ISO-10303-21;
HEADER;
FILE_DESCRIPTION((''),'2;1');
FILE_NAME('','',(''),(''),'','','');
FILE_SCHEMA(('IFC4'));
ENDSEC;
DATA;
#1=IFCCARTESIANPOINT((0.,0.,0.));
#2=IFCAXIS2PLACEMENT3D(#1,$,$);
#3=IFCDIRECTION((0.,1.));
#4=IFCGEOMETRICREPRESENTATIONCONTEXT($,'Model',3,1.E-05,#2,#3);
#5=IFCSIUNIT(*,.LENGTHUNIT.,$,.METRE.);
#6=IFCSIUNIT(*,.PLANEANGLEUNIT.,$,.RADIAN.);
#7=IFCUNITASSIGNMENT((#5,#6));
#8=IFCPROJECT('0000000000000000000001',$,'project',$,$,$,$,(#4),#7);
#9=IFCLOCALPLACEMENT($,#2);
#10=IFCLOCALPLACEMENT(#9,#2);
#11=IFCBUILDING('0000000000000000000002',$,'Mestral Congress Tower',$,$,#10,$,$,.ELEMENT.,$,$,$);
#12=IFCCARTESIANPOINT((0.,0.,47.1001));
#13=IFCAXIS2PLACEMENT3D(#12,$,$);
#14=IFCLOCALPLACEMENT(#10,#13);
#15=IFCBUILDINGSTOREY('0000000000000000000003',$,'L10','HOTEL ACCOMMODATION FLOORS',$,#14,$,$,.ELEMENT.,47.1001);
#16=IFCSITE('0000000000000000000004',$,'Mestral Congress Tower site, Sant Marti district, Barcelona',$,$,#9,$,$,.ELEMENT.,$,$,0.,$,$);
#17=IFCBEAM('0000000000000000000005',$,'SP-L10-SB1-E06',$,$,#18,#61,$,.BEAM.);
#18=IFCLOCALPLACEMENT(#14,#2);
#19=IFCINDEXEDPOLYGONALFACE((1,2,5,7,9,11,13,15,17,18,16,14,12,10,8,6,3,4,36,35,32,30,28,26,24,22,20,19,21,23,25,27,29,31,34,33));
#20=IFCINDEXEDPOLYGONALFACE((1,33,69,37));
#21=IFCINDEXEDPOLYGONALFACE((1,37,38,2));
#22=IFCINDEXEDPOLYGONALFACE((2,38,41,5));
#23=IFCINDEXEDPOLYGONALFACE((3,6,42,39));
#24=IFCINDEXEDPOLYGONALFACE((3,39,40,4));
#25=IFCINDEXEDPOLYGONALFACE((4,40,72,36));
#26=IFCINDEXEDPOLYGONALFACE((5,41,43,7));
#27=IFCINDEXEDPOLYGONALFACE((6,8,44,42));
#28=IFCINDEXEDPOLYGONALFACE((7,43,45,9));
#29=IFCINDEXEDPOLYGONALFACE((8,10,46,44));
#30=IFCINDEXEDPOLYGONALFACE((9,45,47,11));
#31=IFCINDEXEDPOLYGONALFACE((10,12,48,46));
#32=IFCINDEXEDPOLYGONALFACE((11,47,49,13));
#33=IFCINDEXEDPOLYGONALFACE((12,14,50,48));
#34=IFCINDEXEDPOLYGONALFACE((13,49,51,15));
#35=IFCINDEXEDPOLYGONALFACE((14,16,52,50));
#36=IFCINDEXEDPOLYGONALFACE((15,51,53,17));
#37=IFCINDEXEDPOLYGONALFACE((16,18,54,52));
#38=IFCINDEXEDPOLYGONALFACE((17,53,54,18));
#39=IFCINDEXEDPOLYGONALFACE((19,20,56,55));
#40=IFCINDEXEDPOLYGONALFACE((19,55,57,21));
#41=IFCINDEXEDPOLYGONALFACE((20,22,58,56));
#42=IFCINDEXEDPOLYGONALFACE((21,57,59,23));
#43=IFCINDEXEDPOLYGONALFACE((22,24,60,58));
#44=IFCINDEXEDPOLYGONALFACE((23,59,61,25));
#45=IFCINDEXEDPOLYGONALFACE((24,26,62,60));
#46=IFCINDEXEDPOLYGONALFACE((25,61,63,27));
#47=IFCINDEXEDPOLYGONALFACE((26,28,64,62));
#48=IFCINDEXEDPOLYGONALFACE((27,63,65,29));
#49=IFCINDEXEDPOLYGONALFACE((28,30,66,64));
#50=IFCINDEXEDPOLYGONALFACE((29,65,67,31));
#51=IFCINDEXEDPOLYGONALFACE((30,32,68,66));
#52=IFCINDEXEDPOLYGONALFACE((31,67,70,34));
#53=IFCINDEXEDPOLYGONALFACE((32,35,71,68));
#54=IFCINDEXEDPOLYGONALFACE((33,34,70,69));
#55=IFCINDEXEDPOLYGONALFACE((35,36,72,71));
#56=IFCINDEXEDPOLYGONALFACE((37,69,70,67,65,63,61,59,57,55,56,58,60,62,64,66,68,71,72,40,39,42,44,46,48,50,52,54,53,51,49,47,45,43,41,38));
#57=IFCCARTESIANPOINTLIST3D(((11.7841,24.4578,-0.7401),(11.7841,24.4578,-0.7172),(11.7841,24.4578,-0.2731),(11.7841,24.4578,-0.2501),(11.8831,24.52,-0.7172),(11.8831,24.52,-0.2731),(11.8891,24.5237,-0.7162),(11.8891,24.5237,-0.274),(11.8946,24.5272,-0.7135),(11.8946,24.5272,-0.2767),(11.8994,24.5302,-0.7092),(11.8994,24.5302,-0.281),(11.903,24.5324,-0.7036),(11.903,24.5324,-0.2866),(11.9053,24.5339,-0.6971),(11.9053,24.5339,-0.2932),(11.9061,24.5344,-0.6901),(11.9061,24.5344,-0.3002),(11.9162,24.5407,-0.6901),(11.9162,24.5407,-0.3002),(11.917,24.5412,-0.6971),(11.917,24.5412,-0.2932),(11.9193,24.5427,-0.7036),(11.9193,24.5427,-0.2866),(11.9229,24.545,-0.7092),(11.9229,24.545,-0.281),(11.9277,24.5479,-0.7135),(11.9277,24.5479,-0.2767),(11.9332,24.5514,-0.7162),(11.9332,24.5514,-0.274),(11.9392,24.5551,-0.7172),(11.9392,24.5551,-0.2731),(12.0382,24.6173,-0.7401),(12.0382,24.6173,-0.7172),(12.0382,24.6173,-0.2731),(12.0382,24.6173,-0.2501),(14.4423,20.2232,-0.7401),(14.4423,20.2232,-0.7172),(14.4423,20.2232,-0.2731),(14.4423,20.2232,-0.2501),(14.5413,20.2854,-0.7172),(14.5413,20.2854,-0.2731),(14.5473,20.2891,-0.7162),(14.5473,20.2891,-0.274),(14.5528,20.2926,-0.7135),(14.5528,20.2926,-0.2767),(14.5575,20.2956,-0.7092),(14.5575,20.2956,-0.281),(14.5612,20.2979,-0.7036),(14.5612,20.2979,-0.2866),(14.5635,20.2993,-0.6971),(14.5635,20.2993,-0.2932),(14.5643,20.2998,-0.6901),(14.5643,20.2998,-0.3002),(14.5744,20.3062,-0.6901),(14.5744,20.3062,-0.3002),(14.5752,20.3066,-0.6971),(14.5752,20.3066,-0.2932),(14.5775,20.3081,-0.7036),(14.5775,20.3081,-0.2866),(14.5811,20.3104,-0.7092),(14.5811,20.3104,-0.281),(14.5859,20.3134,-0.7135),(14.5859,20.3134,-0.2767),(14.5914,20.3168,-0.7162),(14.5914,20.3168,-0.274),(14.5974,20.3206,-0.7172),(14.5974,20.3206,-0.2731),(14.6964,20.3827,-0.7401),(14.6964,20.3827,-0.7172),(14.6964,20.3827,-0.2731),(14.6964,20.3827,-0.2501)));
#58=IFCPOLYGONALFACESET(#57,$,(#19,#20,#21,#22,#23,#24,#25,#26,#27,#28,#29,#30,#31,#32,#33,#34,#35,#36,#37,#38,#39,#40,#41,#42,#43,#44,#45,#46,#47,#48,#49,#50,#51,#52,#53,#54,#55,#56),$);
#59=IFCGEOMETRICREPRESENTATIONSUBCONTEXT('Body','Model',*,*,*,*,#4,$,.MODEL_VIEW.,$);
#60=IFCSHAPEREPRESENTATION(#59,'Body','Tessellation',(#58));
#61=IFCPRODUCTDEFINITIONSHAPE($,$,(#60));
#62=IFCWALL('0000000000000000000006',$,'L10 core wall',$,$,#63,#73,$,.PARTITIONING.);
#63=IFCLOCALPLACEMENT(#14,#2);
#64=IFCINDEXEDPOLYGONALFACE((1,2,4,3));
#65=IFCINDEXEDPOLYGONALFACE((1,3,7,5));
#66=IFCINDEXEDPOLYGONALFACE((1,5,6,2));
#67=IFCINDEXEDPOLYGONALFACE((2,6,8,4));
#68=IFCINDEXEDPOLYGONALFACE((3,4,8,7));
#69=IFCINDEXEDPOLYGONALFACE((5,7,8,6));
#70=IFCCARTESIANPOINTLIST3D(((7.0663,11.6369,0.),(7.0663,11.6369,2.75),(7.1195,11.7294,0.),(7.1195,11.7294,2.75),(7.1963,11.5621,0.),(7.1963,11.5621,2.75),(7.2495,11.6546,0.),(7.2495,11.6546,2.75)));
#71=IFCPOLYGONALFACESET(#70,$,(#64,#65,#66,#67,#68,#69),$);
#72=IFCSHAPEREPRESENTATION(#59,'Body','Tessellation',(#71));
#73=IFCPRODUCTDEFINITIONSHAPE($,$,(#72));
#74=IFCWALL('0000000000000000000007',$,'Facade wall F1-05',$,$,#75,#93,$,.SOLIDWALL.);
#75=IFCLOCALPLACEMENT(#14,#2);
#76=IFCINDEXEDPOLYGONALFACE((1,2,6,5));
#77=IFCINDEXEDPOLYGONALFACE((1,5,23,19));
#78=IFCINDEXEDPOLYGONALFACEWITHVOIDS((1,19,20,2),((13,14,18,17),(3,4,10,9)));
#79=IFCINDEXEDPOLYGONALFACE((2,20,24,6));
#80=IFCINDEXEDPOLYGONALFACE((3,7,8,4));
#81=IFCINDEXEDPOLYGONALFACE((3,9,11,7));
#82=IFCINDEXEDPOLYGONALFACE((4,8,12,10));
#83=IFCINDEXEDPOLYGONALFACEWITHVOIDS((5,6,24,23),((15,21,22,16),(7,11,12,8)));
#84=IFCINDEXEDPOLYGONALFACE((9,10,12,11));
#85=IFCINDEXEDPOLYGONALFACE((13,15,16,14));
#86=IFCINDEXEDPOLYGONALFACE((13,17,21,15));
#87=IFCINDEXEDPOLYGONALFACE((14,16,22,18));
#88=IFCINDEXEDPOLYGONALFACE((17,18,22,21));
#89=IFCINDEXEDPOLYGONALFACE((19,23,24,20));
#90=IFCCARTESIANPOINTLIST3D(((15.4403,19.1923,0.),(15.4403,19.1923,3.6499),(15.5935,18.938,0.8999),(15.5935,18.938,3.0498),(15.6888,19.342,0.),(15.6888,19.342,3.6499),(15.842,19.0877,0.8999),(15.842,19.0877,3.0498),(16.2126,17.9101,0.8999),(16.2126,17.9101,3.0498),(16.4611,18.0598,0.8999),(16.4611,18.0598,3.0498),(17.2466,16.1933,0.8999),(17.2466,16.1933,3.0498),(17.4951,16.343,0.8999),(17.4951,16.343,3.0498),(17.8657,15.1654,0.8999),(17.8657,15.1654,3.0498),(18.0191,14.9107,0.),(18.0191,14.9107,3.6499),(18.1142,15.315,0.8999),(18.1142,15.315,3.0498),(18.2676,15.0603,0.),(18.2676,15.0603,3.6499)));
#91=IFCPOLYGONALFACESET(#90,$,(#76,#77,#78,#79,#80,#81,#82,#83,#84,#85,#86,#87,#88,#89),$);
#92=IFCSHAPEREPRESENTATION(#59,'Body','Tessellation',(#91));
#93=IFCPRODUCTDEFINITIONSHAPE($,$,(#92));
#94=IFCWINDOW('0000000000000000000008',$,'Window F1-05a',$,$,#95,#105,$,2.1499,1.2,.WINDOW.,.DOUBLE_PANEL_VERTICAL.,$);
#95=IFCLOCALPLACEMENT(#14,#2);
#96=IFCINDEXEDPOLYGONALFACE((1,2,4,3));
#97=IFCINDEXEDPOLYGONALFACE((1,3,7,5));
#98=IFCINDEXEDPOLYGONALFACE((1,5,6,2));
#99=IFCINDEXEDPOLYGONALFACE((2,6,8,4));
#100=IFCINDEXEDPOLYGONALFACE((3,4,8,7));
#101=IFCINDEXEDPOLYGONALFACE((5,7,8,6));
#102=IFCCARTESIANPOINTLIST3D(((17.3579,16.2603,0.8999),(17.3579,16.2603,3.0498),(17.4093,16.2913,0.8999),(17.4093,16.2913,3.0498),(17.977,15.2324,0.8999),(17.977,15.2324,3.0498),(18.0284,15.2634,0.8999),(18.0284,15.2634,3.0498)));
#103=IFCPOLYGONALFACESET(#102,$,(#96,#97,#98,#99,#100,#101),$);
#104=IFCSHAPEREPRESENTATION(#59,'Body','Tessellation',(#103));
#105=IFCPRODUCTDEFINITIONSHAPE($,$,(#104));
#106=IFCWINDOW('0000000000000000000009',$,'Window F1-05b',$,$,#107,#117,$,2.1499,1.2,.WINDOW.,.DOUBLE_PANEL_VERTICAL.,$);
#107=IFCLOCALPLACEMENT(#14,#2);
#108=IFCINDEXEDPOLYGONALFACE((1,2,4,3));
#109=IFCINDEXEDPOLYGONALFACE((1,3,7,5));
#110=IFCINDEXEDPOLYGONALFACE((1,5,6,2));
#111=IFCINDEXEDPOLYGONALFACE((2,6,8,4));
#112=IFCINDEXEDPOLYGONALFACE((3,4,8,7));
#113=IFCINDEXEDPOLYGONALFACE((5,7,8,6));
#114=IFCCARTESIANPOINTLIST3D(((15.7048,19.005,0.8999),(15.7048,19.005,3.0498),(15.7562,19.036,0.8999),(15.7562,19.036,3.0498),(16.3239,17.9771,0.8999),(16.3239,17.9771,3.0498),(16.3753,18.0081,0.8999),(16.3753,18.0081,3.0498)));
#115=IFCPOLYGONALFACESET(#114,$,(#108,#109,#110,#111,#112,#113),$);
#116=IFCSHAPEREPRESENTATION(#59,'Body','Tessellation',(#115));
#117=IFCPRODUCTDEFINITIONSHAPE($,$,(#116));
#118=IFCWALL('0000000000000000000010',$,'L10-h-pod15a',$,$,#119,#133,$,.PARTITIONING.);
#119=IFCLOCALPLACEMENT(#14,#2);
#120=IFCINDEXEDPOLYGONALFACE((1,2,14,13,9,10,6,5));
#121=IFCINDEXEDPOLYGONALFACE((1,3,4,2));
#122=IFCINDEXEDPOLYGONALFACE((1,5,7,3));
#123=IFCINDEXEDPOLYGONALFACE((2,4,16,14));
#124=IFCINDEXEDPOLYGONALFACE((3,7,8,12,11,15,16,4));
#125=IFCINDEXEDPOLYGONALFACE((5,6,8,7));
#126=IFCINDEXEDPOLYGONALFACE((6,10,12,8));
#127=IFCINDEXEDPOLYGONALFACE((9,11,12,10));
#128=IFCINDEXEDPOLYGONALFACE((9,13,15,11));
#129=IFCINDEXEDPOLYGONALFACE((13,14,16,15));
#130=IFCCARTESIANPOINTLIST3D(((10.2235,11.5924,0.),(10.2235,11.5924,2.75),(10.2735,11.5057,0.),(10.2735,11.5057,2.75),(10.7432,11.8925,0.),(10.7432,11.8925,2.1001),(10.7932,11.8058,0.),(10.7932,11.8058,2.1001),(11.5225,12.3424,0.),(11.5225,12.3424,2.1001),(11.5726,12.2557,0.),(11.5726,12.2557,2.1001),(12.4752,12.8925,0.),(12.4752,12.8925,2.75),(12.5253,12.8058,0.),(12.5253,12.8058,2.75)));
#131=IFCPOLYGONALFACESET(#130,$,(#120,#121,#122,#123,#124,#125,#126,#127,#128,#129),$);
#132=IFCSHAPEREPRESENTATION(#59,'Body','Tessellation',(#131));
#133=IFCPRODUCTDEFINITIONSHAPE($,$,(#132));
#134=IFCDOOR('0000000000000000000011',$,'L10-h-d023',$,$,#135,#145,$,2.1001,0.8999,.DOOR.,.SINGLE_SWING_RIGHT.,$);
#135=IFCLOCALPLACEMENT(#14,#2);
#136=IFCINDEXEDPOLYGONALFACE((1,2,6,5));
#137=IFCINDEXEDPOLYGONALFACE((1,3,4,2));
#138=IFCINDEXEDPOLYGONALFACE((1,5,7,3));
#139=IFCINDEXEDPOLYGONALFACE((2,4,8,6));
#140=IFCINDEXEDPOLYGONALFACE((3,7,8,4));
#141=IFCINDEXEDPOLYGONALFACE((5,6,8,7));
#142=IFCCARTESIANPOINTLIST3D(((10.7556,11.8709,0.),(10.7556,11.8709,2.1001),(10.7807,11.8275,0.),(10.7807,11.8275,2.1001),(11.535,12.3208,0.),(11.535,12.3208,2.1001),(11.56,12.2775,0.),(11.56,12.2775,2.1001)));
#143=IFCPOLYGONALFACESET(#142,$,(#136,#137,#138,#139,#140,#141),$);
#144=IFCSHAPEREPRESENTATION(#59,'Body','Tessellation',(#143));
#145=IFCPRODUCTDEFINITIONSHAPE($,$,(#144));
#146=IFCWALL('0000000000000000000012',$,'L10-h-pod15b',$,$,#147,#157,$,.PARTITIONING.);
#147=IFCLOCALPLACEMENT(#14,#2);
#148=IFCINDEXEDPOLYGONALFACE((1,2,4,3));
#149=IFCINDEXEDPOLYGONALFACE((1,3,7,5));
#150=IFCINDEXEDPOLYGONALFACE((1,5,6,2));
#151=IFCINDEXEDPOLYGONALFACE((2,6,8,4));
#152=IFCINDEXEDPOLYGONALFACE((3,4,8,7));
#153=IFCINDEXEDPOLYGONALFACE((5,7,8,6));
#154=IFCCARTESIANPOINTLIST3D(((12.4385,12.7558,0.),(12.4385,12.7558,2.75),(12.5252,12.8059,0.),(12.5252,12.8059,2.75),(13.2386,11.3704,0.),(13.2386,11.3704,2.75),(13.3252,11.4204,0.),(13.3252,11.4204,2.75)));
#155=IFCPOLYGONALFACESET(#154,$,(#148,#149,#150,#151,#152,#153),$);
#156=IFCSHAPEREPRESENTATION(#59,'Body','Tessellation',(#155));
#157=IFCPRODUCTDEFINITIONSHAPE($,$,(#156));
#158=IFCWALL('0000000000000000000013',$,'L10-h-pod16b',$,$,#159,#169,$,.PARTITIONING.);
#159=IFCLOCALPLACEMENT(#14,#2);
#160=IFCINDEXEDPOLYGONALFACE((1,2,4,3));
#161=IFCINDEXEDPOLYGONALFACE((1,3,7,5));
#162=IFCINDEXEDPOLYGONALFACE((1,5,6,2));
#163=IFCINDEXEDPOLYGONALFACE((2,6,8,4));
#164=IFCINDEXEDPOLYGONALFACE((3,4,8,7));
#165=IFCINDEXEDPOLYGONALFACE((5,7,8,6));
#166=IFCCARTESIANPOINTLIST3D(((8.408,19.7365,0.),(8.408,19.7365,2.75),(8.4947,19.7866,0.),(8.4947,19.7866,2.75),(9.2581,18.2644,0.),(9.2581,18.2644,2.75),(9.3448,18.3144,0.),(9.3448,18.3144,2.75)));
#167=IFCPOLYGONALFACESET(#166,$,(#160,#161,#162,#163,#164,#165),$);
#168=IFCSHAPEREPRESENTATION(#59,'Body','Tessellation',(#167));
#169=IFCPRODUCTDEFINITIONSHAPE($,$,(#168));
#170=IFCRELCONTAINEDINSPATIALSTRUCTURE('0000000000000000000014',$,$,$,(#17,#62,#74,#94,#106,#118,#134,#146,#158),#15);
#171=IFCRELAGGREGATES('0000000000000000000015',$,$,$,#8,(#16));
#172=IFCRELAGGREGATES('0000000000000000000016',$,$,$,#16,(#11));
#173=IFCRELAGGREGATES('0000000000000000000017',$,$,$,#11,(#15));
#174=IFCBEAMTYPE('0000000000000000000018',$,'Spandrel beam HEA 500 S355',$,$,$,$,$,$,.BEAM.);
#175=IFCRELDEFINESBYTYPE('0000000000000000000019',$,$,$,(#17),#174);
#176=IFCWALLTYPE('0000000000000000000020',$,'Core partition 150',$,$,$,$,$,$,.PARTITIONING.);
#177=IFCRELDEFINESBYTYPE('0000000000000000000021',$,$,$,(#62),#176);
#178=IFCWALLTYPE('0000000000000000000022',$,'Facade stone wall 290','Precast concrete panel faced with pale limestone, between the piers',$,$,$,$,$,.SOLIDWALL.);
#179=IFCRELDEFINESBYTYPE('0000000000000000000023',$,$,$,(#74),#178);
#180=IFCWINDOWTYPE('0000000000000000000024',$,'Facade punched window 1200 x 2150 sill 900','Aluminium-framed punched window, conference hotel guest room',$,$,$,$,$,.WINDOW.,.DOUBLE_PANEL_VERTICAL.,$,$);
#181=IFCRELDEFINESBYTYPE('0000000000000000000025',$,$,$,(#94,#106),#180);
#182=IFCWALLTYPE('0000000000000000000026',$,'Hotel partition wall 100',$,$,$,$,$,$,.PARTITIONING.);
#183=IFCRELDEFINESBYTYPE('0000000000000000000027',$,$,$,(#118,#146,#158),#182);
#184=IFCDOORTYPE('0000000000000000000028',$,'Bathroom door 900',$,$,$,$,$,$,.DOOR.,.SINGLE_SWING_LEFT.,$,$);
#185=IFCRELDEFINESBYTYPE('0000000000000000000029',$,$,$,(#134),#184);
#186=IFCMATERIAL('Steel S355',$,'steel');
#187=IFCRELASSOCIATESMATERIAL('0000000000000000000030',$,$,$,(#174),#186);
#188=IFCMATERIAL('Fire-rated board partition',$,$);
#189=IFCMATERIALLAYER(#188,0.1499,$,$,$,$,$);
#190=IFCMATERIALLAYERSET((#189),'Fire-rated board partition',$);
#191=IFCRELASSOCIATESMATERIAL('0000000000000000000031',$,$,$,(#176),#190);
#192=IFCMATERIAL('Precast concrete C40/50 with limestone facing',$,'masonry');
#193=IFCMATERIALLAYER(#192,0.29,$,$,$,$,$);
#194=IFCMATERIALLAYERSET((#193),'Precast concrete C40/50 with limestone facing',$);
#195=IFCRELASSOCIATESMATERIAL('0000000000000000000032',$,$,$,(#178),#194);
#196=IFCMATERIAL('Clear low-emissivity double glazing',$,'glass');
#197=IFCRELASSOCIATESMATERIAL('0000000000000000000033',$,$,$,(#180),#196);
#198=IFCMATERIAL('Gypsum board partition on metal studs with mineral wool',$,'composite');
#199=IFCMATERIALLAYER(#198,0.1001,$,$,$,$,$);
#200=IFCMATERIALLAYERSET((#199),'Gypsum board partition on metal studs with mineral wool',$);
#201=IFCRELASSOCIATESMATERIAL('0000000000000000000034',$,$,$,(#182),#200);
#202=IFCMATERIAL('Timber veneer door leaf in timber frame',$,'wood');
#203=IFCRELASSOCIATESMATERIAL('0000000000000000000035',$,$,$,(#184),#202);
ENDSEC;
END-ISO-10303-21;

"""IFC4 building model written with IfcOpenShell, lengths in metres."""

from ifc_helpers import new_model, si_unit, direction, frame, frame_2d, origin, origin_2d, place, context, subcontext, project, spatial, rectangle, i_section, extrude, material, layer, layer_set, material_profile, profile_set, type_object, element, fill, save


model = new_model("IFC4")

# Units and contexts
model_context = context("Model", 3, precision=1e-05, world=origin(), true_north=direction((0.0, 1.0)))
body_context = subcontext(model_context, "Body", "Model", "MODEL_VIEW")
ifc_project = project(units=[si_unit("LENGTHUNIT", "METRE"), si_unit("PLANEANGLEUNIT", "RADIAN")], contexts=[model_context])

# Site, building, storey
site_placement = place(None, origin())
site = spatial("IfcSite", under=ifc_project, at=site_placement, Name="Mestral Congress Tower site, Sant Marti district, Barcelona", CompositionType="ELEMENT", RefElevation=0.0)
building_placement = place(site_placement, origin())
building = spatial("IfcBuilding", under=site, at=building_placement, Name="Mestral Congress Tower", CompositionType="ELEMENT")
storey_placement = place(building_placement, frame((0.0, 0.0, 47.1001)))
storey = spatial("IfcBuildingStorey", under=building, at=storey_placement, Name="L10", Description="HOTEL ACCOMMODATION FLOORS", CompositionType="ELEMENT", Elevation=47.1001)

# Beam
ifc_material_1 = material(Name="Steel S355", Category="steel")
ifc_material_profile_1 = material_profile(ifc_material_1, i_section(OverallWidth=0.3, OverallDepth=0.49, WebThickness=0.012, FlangeThickness=0.0229, FilletRadius=0.0271, at=origin_2d()), Name="HEA 500")
ifc_profile_set_1 = profile_set([ifc_material_profile_1], Name="Steel S355")
beam_type_1 = type_object("IfcBeamType", Name="Spandrel beam HEA 500 S355", PredefinedType="BEAM", material=ifc_profile_set_1)
for number, where, z_axis, x_axis, name in (
    (1, (14.5693, 20.303, -0.4951), (-0.531661, 0.846957, 0.0), (-0.846957, -0.531661, 0.0), "SP-L10-SB1-E06"),
):
    element("IfcBeam", number, at=place(storey_placement, frame(where, z_axis=z_axis, x_axis=x_axis)), inside=storey, type_object=beam_type_1, Name=name, PredefinedType="BEAM", context=body_context, shape_type="SweptSolid", body=[
        extrude(i_section(OverallWidth=0.3, OverallDepth=0.49, WebThickness=0.012, FlangeThickness=0.0229, FilletRadius=0.0271, at=origin_2d()), origin(), (0.0, 0.0, 1.0), 4.9998),
    ])

# Wall
ifc_material_2 = material(Name="Fire-rated board partition")
ifc_layer_1 = layer(ifc_material_2, 0.1499)
ifc_layer_set_1 = layer_set([ifc_layer_1], Name="Fire-rated board partition")
wall_type_1 = type_object("IfcWallType", Name="Core partition 150", PredefinedType="PARTITIONING", material=ifc_layer_set_1)
wall_1_placement = place(storey_placement, frame((7.1313, 11.5996, 0.0), z_axis=(0.0, 0.0, 1.0), x_axis=(0.4986, 0.866832, 0.0)))
element("IfcWall", 2, at=wall_1_placement, inside=storey, type_object=wall_type_1, Name="L10 core wall", PredefinedType="PARTITIONING", context=body_context, shape_type="SweptSolid", body=[
    extrude(rectangle(XDim=0.1067, YDim=0.1499, at=frame_2d((0.0532, 0.0))), origin(), (0.0, 0.0, 1.0), 2.75),
])

# Wall, openings, windows
ifc_material_3 = material(Name="Precast concrete C40/50 with limestone facing", Category="masonry")
ifc_layer_2 = layer(ifc_material_3, 0.29)
ifc_layer_set_2 = layer_set([ifc_layer_2], Name="Precast concrete C40/50 with limestone facing")
wall_type_2 = type_object("IfcWallType", Name="Facade stone wall 290", Description="Precast concrete panel faced with pale limestone, between the piers", PredefinedType="SOLIDWALL", material=ifc_layer_set_2)
wall_2_placement = place(storey_placement, frame((18.1433, 14.9856, 0.0), z_axis=(0.0, 0.0, 1.0), x_axis=(-0.515939, 0.856625, 0.0)))
wall_2 = element("IfcWall", 3, at=wall_2_placement, inside=storey, type_object=wall_type_2, Name="Facade wall F1-05", PredefinedType="SOLIDWALL", context=body_context, shape_type="SweptSolid", body=[
    extrude(rectangle(XDim=4.9983, YDim=0.29, at=frame_2d((2.499, 0.0))), origin(), (0.0, 0.0, 1.0), 3.6499),
])
opening_1_placement = place(wall_2_placement, frame((0.2971, 0.0, 0.8999)))
opening_1 = element("IfcOpeningElement", 4, at=opening_1_placement, cuts=wall_2, PredefinedType="OPENING", context=body_context, shape_type="SweptSolid", body=[
    extrude(rectangle(XDim=1.2, YDim=2.1499, at=frame_2d((0.6001, 1.075))), frame((0.0, 0.155, 0.0), z_axis=(0.0, -1.0, 0.0), x_axis=(1.0, 0.0, 0.0)), (0.0, 0.0, 1.0), 0.3101),
])
opening_2_placement = place(wall_2_placement, frame((3.5012, 0.0, 0.8999)))
opening_2 = element("IfcOpeningElement", 5, at=opening_2_placement, cuts=wall_2, PredefinedType="OPENING", context=body_context, shape_type="SweptSolid", body=[
    extrude(rectangle(XDim=1.2, YDim=2.1499, at=frame_2d((0.6001, 1.075))), frame((0.0, 0.155, 0.0), z_axis=(0.0, -1.0, 0.0), x_axis=(1.0, 0.0, 0.0)), (0.0, 0.0, 1.0), 0.3101),
])
ifc_material_4 = material(Name="Clear low-emissivity double glazing", Category="glass")
window_type = type_object("IfcWindowType", Name="Facade punched window 1200 x 2150 sill 900", Description="Aluminium-framed punched window, conference hotel guest room", PartitioningType="DOUBLE_PANEL_VERTICAL", PredefinedType="WINDOW", material=ifc_material_4)
window_1_placement = place(opening_1_placement, origin())
window_1 = element("IfcWindow", 6, at=window_1_placement, inside=storey, type_object=window_type, Name="Window F1-05a", OverallHeight=2.1499, OverallWidth=1.2, PartitioningType="DOUBLE_PANEL_VERTICAL", PredefinedType="WINDOW", context=body_context, shape_type="SweptSolid", body=[
    extrude(rectangle(XDim=1.2, YDim=2.1499, at=frame_2d((0.6001, 1.075))), frame((0.0, 0.0151, 0.0), z_axis=(0.0, -1.0, 0.0), x_axis=(1.0, 0.0, 0.0)), (0.0, 0.0, 1.0), 0.0601),
])
fill(opening_1, window_1)
window_2_placement = place(opening_2_placement, origin())
window_2 = element("IfcWindow", 7, at=window_2_placement, inside=storey, type_object=window_type, Name="Window F1-05b", OverallHeight=2.1499, OverallWidth=1.2, PartitioningType="DOUBLE_PANEL_VERTICAL", PredefinedType="WINDOW", context=body_context, shape_type="SweptSolid", body=[
    extrude(rectangle(XDim=1.2, YDim=2.1499, at=frame_2d((0.6001, 1.075))), frame((0.0, 0.0151, 0.0), z_axis=(0.0, -1.0, 0.0), x_axis=(1.0, 0.0, 0.0)), (0.0, 0.0, 1.0), 0.0601),
])
fill(opening_2, window_2)

# Wall, opening, door
ifc_material_5 = material(Name="Gypsum board partition on metal studs with mineral wool", Category="composite")
ifc_layer_3 = layer(ifc_material_5, 0.1001)
ifc_layer_set_3 = layer_set([ifc_layer_3], Name="Gypsum board partition on metal studs with mineral wool")
wall_type_3 = type_object("IfcWallType", Name="Hotel partition wall 100", PredefinedType="PARTITIONING", material=ifc_layer_set_3)
wall_3_placement = place(storey_placement, frame((12.5002, 12.8491, 0.0), z_axis=(0.0, 0.0, 1.0), x_axis=(-0.866021, -0.500007, 0.0)))
wall_3 = element("IfcWall", 8, at=wall_3_placement, inside=storey, type_object=wall_type_3, Name="L10-h-pod15a", PredefinedType="PARTITIONING", context=body_context, shape_type="SweptSolid", body=[
    extrude(rectangle(XDim=2.6001, YDim=0.1001, at=frame_2d((1.3, 0.0))), origin(), (0.0, 0.0, 1.0), 2.75),
])
opening_3_placement = place(wall_3_placement, frame((1.1001, 0.0, 0.0)))
opening_3 = element("IfcOpeningElement", 9, at=opening_3_placement, cuts=wall_3, PredefinedType="OPENING", context=body_context, shape_type="SweptSolid", body=[
    extrude(rectangle(XDim=0.8999, YDim=2.1001, at=frame_2d((0.45, 1.05))), frame((0.0, 0.0601, 0.0), z_axis=(0.0, -1.0, 0.0), x_axis=(1.0, 0.0, 0.0)), (0.0, 0.0, 1.0), 0.1201),
])
ifc_material_6 = material(Name="Timber veneer door leaf in timber frame", Category="wood")
door_type = type_object("IfcDoorType", Name="Bathroom door 900", OperationType="SINGLE_SWING_LEFT", PredefinedType="DOOR", material=ifc_material_6)
door_placement = place(opening_3_placement, origin())
door = element("IfcDoor", 10, at=door_placement, inside=storey, type_object=door_type, Name="L10-h-d023", OperationType="SINGLE_SWING_RIGHT", OverallHeight=2.1001, OverallWidth=0.8999, PredefinedType="DOOR", context=body_context, shape_type="SweptSolid", body=[
    extrude(rectangle(XDim=0.8999, YDim=2.1001, at=frame_2d((0.45, 1.05))), frame((0.0, 0.0249, 0.0), z_axis=(0.0, -1.0, 0.0), x_axis=(1.0, 0.0, 0.0)), (0.0, 0.0, 1.0), 0.05),
])
fill(opening_3, door)

# Walls
wall_4_placement = place(storey_placement, frame((12.4819, 12.7808, 0.0), z_axis=(0.0, 0.0, 1.0), x_axis=(0.500061, -0.86599, 0.0)))
element("IfcWall", 11, at=wall_4_placement, inside=storey, type_object=wall_type_3, Name="L10-h-pod15b", PredefinedType="PARTITIONING", context=body_context, shape_type="SweptSolid", body=[
    extrude(rectangle(XDim=1.5999, YDim=0.1001, at=frame_2d((0.7998, 0.0))), origin(), (0.0, 0.0, 1.0), 2.75),
])
wall_5_placement = place(storey_placement, frame((9.3015, 18.2893, 0.0), z_axis=(0.0, 0.0, 1.0), x_axis=(-0.500062, 0.865989, 0.0)))
element("IfcWall", 12, at=wall_5_placement, inside=storey, type_object=wall_type_3, Name="L10-h-pod16b", PredefinedType="PARTITIONING", context=body_context, shape_type="SweptSolid", body=[
    extrude(rectangle(XDim=1.7, YDim=0.1001, at=frame_2d((0.8501, 0.0))), origin(), (0.0, 0.0, 1.0), 2.75),
])

save(model, "model.ifc")
